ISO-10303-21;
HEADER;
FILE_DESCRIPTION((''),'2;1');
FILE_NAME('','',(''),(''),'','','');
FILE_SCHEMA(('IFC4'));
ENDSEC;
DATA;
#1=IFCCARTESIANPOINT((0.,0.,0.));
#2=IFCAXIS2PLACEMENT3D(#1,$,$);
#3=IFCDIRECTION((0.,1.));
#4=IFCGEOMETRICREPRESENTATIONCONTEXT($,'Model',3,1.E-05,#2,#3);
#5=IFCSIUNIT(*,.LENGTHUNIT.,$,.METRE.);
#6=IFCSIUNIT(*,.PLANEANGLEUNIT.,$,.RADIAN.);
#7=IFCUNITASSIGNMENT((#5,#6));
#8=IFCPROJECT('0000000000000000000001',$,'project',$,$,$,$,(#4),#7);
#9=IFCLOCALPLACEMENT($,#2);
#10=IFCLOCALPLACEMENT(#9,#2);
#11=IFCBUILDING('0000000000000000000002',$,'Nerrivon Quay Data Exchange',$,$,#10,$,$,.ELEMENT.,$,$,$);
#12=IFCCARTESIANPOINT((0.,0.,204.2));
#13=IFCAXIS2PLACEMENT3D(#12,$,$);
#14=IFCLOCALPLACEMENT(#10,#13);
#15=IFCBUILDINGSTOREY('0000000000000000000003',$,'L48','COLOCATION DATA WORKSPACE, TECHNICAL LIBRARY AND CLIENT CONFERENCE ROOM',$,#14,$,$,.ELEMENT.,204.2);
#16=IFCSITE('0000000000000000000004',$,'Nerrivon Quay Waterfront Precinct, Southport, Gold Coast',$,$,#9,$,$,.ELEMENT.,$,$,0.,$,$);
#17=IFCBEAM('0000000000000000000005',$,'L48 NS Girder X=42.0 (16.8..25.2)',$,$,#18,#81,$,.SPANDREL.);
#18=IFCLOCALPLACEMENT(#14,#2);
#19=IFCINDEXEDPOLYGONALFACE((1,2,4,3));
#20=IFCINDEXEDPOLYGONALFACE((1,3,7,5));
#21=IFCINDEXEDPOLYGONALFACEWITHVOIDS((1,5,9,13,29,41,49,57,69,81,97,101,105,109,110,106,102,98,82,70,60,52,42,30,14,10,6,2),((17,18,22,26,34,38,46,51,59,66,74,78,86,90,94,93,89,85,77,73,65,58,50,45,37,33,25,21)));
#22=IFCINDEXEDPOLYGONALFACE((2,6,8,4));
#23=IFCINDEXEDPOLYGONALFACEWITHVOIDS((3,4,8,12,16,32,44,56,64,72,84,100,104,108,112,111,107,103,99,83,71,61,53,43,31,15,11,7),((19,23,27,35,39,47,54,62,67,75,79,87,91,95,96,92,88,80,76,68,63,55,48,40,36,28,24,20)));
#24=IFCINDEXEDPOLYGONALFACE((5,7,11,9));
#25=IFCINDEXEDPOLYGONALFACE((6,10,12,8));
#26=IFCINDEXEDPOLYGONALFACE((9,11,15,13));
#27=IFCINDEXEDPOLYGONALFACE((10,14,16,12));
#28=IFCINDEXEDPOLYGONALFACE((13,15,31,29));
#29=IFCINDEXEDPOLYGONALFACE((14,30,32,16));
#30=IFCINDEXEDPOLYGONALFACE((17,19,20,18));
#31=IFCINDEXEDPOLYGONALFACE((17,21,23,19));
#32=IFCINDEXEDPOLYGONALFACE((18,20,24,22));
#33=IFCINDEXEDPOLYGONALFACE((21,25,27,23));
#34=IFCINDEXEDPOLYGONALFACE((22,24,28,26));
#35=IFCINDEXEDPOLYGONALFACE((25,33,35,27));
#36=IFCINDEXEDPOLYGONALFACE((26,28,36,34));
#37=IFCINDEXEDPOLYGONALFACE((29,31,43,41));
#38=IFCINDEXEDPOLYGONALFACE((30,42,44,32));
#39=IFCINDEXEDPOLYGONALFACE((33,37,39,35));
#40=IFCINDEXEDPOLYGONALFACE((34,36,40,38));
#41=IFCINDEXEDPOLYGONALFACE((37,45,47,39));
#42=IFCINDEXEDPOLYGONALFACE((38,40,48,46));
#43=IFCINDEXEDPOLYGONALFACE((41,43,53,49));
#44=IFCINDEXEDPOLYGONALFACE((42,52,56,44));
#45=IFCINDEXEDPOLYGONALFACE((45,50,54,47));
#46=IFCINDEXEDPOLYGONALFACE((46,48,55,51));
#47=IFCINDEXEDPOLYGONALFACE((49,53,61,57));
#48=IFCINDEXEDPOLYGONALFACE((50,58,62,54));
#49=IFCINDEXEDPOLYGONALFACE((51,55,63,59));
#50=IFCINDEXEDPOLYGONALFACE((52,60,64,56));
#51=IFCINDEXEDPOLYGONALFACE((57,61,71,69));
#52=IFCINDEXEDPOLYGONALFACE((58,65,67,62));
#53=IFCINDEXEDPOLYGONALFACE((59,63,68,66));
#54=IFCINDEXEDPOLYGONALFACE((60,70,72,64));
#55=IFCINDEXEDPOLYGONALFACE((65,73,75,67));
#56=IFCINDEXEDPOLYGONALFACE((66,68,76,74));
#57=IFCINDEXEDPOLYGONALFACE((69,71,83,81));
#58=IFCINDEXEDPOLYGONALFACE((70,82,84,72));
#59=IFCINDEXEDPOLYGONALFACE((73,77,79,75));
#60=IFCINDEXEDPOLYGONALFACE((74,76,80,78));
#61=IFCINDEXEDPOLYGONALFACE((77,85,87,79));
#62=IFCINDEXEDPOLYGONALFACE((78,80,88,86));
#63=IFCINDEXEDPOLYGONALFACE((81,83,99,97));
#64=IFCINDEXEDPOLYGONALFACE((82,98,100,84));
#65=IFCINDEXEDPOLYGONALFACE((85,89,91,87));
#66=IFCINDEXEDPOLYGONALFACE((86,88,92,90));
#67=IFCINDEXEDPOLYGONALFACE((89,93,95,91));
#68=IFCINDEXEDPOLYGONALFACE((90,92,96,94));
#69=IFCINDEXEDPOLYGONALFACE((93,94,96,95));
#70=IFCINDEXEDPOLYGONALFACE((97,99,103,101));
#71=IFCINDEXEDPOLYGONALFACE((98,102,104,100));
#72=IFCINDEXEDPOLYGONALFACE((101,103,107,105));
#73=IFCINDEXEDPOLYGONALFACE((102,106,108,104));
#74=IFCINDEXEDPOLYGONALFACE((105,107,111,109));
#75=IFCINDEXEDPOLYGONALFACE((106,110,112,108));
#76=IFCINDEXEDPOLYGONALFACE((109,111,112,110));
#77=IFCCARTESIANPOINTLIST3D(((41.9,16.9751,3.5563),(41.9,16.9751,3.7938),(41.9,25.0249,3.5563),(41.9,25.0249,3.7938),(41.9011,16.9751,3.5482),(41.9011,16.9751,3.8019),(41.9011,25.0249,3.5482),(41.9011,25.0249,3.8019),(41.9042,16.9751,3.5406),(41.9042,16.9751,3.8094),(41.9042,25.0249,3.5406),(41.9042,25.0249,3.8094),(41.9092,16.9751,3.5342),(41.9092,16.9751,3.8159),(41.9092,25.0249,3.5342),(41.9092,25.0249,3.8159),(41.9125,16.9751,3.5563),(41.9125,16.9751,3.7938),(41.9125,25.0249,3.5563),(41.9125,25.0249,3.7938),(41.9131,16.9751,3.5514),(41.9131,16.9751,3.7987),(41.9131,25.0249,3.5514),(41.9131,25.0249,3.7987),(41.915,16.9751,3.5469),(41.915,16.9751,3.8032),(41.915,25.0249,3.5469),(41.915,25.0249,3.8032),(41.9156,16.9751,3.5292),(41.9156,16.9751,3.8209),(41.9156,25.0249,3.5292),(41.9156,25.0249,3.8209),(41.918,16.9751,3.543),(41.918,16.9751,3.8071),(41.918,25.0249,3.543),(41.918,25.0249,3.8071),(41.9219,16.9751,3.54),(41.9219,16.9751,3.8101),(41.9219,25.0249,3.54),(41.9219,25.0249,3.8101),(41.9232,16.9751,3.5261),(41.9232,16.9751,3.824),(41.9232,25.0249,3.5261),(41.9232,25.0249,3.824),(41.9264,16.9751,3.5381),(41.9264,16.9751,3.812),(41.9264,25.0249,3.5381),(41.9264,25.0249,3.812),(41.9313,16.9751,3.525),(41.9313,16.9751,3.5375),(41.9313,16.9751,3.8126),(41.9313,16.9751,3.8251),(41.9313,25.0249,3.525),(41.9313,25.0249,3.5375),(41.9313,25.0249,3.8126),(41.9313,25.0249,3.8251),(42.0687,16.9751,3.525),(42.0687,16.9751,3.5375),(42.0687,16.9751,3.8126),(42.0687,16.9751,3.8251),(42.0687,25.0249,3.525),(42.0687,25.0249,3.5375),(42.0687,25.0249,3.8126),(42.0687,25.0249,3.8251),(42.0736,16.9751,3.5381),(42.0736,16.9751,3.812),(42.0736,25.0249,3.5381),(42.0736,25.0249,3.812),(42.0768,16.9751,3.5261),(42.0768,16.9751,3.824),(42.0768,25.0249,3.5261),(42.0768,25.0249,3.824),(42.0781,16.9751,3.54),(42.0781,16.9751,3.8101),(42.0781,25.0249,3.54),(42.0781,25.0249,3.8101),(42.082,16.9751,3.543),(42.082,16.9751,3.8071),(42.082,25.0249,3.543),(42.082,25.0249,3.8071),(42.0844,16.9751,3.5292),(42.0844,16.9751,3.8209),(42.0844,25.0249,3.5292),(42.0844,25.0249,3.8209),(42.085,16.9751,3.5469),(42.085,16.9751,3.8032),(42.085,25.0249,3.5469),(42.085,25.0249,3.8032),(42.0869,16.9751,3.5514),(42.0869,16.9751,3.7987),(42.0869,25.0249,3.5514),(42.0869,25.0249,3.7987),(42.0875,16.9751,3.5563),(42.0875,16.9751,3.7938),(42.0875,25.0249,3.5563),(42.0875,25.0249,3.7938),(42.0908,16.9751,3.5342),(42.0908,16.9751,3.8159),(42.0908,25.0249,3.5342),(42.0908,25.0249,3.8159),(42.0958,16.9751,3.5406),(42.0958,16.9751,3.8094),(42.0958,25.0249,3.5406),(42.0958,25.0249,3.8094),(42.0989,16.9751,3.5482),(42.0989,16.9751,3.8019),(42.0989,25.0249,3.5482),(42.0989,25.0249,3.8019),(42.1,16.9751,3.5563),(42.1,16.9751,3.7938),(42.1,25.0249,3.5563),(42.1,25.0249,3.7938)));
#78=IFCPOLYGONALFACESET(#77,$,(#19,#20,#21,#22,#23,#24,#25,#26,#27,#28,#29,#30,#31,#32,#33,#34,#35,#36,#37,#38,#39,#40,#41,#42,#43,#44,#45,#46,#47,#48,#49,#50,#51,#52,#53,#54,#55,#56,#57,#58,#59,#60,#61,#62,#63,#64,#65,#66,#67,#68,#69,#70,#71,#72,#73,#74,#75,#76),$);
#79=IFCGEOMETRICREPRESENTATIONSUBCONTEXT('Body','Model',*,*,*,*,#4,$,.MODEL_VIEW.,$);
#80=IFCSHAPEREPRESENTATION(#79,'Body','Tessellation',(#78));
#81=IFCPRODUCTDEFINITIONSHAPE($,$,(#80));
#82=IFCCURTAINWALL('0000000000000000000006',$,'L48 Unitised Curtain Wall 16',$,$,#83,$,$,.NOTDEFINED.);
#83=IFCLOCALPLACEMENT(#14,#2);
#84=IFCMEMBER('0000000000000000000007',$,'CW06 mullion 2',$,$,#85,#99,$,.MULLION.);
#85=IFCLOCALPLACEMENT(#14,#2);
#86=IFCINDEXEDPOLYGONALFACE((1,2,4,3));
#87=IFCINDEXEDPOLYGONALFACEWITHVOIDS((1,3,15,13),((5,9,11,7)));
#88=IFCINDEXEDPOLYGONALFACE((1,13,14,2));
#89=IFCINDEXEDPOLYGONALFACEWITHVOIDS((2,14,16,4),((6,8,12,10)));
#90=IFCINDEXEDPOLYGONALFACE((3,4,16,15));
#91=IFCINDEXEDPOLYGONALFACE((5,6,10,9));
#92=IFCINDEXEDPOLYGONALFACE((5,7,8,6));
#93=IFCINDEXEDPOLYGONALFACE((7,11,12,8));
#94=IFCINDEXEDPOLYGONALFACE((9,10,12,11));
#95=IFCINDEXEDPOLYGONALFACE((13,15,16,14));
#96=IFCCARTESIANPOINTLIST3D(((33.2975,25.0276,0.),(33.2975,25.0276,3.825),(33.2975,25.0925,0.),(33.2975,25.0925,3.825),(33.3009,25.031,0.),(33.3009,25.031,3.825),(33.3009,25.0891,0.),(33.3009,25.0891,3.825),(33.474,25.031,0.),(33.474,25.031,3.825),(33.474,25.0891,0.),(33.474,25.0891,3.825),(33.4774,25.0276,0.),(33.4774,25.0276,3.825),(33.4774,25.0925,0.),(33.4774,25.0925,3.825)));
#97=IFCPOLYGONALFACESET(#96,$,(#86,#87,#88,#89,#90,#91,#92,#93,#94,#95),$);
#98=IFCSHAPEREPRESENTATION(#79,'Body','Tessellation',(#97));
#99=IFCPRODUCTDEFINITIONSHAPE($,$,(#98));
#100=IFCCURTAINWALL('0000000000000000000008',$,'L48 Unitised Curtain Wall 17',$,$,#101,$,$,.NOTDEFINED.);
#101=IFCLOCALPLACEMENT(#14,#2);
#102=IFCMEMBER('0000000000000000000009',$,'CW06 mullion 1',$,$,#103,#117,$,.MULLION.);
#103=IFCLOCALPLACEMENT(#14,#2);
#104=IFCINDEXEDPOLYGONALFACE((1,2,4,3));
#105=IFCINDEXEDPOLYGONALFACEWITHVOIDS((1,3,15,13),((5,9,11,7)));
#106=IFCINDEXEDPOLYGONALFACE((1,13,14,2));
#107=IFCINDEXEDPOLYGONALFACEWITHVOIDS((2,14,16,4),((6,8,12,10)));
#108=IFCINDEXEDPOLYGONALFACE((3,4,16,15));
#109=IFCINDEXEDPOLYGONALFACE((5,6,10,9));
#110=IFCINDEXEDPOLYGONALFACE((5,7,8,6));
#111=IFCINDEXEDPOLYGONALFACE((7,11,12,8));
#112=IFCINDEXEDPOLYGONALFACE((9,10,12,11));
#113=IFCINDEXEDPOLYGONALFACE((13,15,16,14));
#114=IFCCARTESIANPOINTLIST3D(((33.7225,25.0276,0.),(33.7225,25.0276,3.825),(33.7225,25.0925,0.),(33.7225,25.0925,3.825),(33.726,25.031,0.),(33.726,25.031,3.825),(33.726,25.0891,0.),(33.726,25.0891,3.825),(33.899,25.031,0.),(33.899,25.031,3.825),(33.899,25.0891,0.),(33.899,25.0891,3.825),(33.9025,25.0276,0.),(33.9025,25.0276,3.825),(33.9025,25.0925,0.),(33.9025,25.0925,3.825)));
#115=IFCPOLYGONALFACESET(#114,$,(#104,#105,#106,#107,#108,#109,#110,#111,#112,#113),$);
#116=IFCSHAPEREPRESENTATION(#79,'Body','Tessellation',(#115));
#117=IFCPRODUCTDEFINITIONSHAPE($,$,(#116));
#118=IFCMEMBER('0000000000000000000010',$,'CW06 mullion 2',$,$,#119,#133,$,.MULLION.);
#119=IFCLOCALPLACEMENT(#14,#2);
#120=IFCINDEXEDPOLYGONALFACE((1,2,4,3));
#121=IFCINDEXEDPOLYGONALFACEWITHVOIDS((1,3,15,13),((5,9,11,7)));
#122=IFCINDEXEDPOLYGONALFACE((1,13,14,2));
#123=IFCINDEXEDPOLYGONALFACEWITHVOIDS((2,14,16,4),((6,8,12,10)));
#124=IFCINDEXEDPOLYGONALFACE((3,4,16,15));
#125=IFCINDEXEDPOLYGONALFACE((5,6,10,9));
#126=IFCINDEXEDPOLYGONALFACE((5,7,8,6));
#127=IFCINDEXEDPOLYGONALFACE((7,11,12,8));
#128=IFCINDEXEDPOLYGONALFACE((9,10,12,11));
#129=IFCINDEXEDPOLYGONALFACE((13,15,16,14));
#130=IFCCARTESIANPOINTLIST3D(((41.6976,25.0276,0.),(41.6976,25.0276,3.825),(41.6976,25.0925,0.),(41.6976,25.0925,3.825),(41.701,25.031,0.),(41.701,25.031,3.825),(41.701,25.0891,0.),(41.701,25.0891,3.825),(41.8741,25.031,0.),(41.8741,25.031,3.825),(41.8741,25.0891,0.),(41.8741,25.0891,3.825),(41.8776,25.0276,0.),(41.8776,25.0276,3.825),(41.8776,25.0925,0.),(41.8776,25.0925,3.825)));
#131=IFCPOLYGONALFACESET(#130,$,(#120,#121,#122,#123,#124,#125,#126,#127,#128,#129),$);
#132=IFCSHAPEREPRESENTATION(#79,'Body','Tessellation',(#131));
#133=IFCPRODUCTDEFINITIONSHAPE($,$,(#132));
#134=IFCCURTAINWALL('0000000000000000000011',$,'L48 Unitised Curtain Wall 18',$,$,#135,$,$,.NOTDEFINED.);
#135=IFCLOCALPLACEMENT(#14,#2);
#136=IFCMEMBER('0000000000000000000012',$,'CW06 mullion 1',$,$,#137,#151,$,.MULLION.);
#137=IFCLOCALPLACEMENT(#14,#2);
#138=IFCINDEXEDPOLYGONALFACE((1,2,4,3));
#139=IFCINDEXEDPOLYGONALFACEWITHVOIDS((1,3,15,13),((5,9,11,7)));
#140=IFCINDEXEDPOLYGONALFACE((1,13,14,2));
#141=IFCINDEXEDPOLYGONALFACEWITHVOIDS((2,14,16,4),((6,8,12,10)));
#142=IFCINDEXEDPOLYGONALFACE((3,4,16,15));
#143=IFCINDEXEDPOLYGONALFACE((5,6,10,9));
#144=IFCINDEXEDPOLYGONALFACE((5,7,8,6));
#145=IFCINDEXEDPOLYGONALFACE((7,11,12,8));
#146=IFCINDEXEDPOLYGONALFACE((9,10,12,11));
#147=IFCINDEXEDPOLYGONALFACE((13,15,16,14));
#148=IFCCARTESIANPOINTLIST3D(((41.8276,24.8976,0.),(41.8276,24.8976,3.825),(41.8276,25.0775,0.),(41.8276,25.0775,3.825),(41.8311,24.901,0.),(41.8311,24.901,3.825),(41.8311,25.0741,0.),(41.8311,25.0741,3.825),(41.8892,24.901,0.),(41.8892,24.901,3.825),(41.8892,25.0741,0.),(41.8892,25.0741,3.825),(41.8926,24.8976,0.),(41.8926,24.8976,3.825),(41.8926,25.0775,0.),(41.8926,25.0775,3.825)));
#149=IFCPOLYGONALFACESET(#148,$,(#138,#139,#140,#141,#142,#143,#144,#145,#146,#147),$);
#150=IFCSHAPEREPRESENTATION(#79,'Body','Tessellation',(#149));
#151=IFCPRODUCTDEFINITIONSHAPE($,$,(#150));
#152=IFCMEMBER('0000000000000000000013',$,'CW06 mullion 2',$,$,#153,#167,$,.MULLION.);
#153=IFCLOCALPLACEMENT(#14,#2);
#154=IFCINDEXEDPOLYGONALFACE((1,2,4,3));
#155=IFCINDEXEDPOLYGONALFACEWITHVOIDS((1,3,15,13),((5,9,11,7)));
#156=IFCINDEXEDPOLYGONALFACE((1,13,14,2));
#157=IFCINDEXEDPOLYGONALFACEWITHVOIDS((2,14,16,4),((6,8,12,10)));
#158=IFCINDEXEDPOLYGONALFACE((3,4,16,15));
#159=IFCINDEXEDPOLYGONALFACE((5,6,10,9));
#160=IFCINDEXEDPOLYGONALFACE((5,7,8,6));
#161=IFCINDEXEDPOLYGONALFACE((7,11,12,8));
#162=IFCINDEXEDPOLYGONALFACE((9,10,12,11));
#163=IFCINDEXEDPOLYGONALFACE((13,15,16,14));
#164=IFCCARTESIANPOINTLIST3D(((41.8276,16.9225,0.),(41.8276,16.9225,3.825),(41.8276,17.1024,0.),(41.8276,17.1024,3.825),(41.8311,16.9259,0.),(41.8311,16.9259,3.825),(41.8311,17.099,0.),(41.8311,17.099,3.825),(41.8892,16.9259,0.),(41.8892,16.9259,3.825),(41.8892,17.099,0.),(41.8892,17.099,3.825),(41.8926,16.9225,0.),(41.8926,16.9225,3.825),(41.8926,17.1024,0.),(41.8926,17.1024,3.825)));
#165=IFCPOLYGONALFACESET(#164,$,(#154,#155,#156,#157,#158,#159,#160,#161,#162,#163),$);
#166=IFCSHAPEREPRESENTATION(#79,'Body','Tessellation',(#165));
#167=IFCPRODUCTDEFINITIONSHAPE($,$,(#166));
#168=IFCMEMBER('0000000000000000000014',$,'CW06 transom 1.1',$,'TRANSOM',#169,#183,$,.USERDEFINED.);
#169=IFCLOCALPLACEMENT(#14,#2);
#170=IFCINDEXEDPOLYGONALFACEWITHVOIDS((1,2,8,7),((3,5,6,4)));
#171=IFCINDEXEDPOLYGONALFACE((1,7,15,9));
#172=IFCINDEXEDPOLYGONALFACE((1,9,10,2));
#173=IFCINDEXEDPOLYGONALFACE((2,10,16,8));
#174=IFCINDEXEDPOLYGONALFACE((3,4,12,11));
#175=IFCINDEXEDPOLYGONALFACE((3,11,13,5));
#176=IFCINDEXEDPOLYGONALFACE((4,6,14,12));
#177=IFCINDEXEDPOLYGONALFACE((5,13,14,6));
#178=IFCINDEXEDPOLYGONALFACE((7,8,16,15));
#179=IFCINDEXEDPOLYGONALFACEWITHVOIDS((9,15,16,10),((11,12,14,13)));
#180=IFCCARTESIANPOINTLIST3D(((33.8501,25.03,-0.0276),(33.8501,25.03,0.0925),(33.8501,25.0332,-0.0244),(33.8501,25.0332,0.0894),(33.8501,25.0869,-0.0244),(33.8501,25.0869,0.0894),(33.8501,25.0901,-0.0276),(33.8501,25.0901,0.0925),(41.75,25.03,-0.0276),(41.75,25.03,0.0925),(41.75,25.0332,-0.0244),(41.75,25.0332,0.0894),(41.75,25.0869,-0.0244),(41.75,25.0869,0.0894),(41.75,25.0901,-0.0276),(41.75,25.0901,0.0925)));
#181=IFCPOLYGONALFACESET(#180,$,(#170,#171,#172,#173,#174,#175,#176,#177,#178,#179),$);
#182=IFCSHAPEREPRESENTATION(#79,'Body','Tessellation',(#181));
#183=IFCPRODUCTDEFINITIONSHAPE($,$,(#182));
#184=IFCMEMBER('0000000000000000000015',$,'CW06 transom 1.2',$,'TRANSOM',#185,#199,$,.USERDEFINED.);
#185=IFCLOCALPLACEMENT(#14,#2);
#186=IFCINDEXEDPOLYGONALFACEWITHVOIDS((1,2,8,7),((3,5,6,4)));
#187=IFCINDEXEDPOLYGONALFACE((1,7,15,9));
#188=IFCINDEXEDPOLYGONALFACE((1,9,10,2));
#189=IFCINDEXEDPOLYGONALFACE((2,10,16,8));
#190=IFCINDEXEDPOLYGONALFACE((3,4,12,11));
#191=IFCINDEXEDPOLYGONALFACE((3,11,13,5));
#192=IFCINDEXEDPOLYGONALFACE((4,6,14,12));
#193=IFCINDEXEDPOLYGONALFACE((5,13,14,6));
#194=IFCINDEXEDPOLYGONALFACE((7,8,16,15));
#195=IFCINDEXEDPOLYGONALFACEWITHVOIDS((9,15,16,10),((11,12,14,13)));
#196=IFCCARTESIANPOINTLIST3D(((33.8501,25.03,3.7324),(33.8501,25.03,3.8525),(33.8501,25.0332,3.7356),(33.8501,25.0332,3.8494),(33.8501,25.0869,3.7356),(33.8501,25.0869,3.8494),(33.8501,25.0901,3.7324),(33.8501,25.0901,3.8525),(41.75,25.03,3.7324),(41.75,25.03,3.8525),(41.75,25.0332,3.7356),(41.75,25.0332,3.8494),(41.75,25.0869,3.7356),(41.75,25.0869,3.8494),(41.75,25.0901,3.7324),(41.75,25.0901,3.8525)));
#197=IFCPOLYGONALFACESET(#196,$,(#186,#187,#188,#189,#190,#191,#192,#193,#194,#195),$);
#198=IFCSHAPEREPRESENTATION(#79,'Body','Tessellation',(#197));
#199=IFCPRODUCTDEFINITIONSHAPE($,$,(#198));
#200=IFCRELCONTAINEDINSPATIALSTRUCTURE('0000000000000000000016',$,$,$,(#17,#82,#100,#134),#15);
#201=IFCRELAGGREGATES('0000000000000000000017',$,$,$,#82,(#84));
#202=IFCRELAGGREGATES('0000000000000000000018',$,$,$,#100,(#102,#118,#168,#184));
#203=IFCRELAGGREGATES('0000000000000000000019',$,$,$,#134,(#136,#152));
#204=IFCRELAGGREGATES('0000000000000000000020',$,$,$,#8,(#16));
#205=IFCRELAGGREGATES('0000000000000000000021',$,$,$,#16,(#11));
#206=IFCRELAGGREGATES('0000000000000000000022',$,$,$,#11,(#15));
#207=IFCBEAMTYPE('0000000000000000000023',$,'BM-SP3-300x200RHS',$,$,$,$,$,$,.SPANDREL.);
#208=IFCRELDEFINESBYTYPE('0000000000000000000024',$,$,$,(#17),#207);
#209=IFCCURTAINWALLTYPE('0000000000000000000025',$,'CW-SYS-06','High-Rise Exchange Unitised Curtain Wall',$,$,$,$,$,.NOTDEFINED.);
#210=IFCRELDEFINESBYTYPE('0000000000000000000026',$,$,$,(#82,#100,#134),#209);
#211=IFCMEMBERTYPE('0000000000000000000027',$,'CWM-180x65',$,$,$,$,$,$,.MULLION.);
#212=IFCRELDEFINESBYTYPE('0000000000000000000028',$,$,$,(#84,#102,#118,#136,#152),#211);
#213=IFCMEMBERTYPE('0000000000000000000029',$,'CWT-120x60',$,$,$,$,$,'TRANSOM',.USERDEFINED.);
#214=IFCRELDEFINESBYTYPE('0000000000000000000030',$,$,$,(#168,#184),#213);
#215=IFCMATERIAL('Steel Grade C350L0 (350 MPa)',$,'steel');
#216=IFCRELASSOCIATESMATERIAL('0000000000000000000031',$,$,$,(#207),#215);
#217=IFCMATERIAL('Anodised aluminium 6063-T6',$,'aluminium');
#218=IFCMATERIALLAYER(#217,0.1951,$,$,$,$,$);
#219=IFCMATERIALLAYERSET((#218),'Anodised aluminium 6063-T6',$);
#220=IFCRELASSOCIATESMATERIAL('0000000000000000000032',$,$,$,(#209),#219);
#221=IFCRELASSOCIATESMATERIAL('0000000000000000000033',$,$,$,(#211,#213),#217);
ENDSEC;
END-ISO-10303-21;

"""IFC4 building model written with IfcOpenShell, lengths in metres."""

from ifc_helpers import new_model, si_unit, direction, frame, origin, origin_2d, place, context, subcontext, project, spatial, hollow_rectangle, extrude, material, layer, layer_set, material_profile, profile_set, type_object, element, aggregate, save


model = new_model("IFC4")

# Units and contexts
model_context = context("Model", 3, precision=1e-05, world=origin(), true_north=direction((0.0, 1.0)))
body_context = subcontext(model_context, "Body", "Model", "MODEL_VIEW")
ifc_project = project(units=[si_unit("LENGTHUNIT", "METRE"), si_unit("PLANEANGLEUNIT", "RADIAN")], contexts=[model_context])

# Site, building, storey
site_placement = place(None, origin())
site = spatial("IfcSite", under=ifc_project, at=site_placement, Name="Nerrivon Quay Waterfront Precinct, Southport, Gold Coast", CompositionType="ELEMENT", RefElevation=0.0)
building_placement = place(site_placement, origin())
building = spatial("IfcBuilding", under=site, at=building_placement, Name="Nerrivon Quay Data Exchange", CompositionType="ELEMENT")
storey_placement = place(building_placement, frame((0.0, 0.0, 204.2)))
storey = spatial("IfcBuildingStorey", under=building, at=storey_placement, Name="L48", Description="COLOCATION DATA WORKSPACE, TECHNICAL LIBRARY AND CLIENT CONFERENCE ROOM", CompositionType="ELEMENT", Elevation=204.2)

# Beam
ifc_material_1 = material(Name="Steel Grade C350L0 (350 MPa)", Category="steel")
ifc_material_profile_1 = material_profile(ifc_material_1, hollow_rectangle(XDim=0.2, YDim=0.3, WallThickness=0.0125, InnerFilletRadius=0.0188, OuterFilletRadius=0.0312, at=origin_2d()), Name="300x200x12.5RHS")
ifc_profile_set_1 = profile_set([ifc_material_profile_1], Name="Steel Grade C350L0 (350 MPa)")
beam_type_1 = type_object("IfcBeamType", Name="BM-SP3-300x200RHS", PredefinedType="SPANDREL", material=ifc_profile_set_1)
beam_1_placement = place(storey_placement, frame((42.0, 16.9751, 3.675), z_axis=(0.0, 1.0, 0.0), x_axis=(-1.0, 0.0, 0.0)))
element("IfcBeam", 1, at=beam_1_placement, inside=storey, type_object=beam_type_1, Name="L48 NS Girder X=42.0 (16.8..25.2)", PredefinedType="SPANDREL", context=body_context, shape_type="SweptSolid", body=[
    extrude(hollow_rectangle(XDim=0.2, YDim=0.3, WallThickness=0.0125, InnerFilletRadius=0.0188, OuterFilletRadius=0.0312, at=origin_2d()), origin(), (0.0, 0.0, 1.0), 8.0498),
])

# Curtain wall, member
ifc_material_2 = material(Name="Anodised aluminium 6063-T6", Category="aluminium")
ifc_layer_1 = layer(ifc_material_2, 0.1951)
ifc_layer_set_1 = layer_set([ifc_layer_1], Name="Anodised aluminium 6063-T6")
curtain_wall_type = type_object("IfcCurtainWallType", Name="CW-SYS-06", Description="High-Rise Exchange Unitised Curtain Wall", PredefinedType="NOTDEFINED", material=ifc_layer_set_1)
curtain_wall_1_placement = place(storey_placement, origin())
curtain_wall_1 = element("IfcCurtainWall", 2, at=curtain_wall_1_placement, inside=storey, type_object=curtain_wall_type, Name="L48 Unitised Curtain Wall 16", PredefinedType="NOTDEFINED")
ifc_material_profile_2 = material_profile(ifc_material_2, hollow_rectangle(XDim=0.0649, YDim=0.1799, WallThickness=0.0034, at=origin_2d()), Name="ALU-MULL-180x65")
ifc_profile_set_2 = profile_set([ifc_material_profile_2], Name="Anodised aluminium 6063-T6")
member_type_1 = type_object("IfcMemberType", Name="CWM-180x65", PredefinedType="MULLION", material=ifc_profile_set_2)
member_1_placement = place(storey_placement, frame((33.3875, 25.0601, 0.0), z_axis=(0.0, 0.0, 1.0), x_axis=(0.0, 1.0, 0.0)))
member_1 = element("IfcMember", 3, at=member_1_placement, type_object=member_type_1, Name="CW06 mullion 2", PredefinedType="MULLION", context=body_context, shape_type="SweptSolid", body=[
    extrude(hollow_rectangle(XDim=0.0649, YDim=0.1799, WallThickness=0.0034, at=origin_2d()), origin(), (0.0, 0.0, 1.0), 3.825),
])

# Curtain walls, members
curtain_wall_2_placement = place(storey_placement, origin())
curtain_wall_2 = element("IfcCurtainWall", 4, at=curtain_wall_2_placement, inside=storey, type_object=curtain_wall_type, Name="L48 Unitised Curtain Wall 17", PredefinedType="NOTDEFINED")
member_2_placement = place(storey_placement, frame((33.8125, 25.0601, 0.0), z_axis=(0.0, 0.0, 1.0), x_axis=(0.0, 1.0, 0.0)))
member_2 = element("IfcMember", 5, at=member_2_placement, type_object=member_type_1, Name="CW06 mullion 1", PredefinedType="MULLION", context=body_context, shape_type="SweptSolid", body=[
    extrude(hollow_rectangle(XDim=0.0649, YDim=0.1799, WallThickness=0.0034, at=origin_2d()), origin(), (0.0, 0.0, 1.0), 3.825),
])
member_3_placement = place(storey_placement, frame((41.7876, 25.0601, 0.0), z_axis=(0.0, 0.0, 1.0), x_axis=(0.0, 1.0, 0.0)))
member_3 = element("IfcMember", 6, at=member_3_placement, type_object=member_type_1, Name="CW06 mullion 2", PredefinedType="MULLION", context=body_context, shape_type="SweptSolid", body=[
    extrude(hollow_rectangle(XDim=0.0649, YDim=0.1799, WallThickness=0.0034, at=origin_2d()), origin(), (0.0, 0.0, 1.0), 3.825),
])
curtain_wall_3_placement = place(storey_placement, origin())
curtain_wall_3 = element("IfcCurtainWall", 7, at=curtain_wall_3_placement, inside=storey, type_object=curtain_wall_type, Name="L48 Unitised Curtain Wall 18", PredefinedType="NOTDEFINED")
member_4_placement = place(storey_placement, frame((41.8601, 24.9875, 0.0), z_axis=(0.0, 0.0, 1.0), x_axis=(1.0, 0.0, 0.0)))
member_4 = element("IfcMember", 8, at=member_4_placement, type_object=member_type_1, Name="CW06 mullion 1", PredefinedType="MULLION", context=body_context, shape_type="SweptSolid", body=[
    extrude(hollow_rectangle(XDim=0.0649, YDim=0.1799, WallThickness=0.0034, at=origin_2d()), origin(), (0.0, 0.0, 1.0), 3.825),
])
member_5_placement = place(storey_placement, frame((41.8601, 17.0125, 0.0), z_axis=(0.0, 0.0, 1.0), x_axis=(1.0, 0.0, 0.0)))
member_5 = element("IfcMember", 9, at=member_5_placement, type_object=member_type_1, Name="CW06 mullion 2", PredefinedType="MULLION", context=body_context, shape_type="SweptSolid", body=[
    extrude(hollow_rectangle(XDim=0.0649, YDim=0.1799, WallThickness=0.0034, at=origin_2d()), origin(), (0.0, 0.0, 1.0), 3.825),
])

# Members
ifc_material_profile_3 = material_profile(ifc_material_2, hollow_rectangle(XDim=0.0601, YDim=0.1201, WallThickness=0.0032, at=origin_2d()), Name="ALU-TRAN-120x60")
ifc_profile_set_3 = profile_set([ifc_material_profile_3], Name="Anodised aluminium 6063-T6")
member_type_2 = type_object("IfcMemberType", Name="CWT-120x60", ElementType="TRANSOM", PredefinedType="USERDEFINED", material=ifc_profile_set_3)
member_6_placement = place(storey_placement, frame((33.8501, 25.0601, 0.0325), z_axis=(1.0, 0.0, 0.0), x_axis=(0.0, 1.0, 0.0)))
member_6 = element("IfcMember", 10, at=member_6_placement, type_object=member_type_2, Name="CW06 transom 1.1", ObjectType="TRANSOM", PredefinedType="USERDEFINED", context=body_context, shape_type="SweptSolid", body=[
    extrude(hollow_rectangle(XDim=0.0601, YDim=0.1201, WallThickness=0.0032, at=origin_2d()), origin(), (0.0, 0.0, 1.0), 7.8999),
])
member_7_placement = place(storey_placement, frame((33.8501, 25.0601, 3.7925), z_axis=(1.0, 0.0, 0.0), x_axis=(0.0, 1.0, 0.0)))
member_7 = element("IfcMember", 11, at=member_7_placement, type_object=member_type_2, Name="CW06 transom 1.2", ObjectType="TRANSOM", PredefinedType="USERDEFINED", context=body_context, shape_type="SweptSolid", body=[
    extrude(hollow_rectangle(XDim=0.0601, YDim=0.1201, WallThickness=0.0032, at=origin_2d()), origin(), (0.0, 0.0, 1.0), 7.8999),
])

aggregate(curtain_wall_1, [member_1])
aggregate(curtain_wall_2, [member_2, member_3, member_6, member_7])
aggregate(curtain_wall_3, [member_4, member_5])

save(model, "model.ifc")
